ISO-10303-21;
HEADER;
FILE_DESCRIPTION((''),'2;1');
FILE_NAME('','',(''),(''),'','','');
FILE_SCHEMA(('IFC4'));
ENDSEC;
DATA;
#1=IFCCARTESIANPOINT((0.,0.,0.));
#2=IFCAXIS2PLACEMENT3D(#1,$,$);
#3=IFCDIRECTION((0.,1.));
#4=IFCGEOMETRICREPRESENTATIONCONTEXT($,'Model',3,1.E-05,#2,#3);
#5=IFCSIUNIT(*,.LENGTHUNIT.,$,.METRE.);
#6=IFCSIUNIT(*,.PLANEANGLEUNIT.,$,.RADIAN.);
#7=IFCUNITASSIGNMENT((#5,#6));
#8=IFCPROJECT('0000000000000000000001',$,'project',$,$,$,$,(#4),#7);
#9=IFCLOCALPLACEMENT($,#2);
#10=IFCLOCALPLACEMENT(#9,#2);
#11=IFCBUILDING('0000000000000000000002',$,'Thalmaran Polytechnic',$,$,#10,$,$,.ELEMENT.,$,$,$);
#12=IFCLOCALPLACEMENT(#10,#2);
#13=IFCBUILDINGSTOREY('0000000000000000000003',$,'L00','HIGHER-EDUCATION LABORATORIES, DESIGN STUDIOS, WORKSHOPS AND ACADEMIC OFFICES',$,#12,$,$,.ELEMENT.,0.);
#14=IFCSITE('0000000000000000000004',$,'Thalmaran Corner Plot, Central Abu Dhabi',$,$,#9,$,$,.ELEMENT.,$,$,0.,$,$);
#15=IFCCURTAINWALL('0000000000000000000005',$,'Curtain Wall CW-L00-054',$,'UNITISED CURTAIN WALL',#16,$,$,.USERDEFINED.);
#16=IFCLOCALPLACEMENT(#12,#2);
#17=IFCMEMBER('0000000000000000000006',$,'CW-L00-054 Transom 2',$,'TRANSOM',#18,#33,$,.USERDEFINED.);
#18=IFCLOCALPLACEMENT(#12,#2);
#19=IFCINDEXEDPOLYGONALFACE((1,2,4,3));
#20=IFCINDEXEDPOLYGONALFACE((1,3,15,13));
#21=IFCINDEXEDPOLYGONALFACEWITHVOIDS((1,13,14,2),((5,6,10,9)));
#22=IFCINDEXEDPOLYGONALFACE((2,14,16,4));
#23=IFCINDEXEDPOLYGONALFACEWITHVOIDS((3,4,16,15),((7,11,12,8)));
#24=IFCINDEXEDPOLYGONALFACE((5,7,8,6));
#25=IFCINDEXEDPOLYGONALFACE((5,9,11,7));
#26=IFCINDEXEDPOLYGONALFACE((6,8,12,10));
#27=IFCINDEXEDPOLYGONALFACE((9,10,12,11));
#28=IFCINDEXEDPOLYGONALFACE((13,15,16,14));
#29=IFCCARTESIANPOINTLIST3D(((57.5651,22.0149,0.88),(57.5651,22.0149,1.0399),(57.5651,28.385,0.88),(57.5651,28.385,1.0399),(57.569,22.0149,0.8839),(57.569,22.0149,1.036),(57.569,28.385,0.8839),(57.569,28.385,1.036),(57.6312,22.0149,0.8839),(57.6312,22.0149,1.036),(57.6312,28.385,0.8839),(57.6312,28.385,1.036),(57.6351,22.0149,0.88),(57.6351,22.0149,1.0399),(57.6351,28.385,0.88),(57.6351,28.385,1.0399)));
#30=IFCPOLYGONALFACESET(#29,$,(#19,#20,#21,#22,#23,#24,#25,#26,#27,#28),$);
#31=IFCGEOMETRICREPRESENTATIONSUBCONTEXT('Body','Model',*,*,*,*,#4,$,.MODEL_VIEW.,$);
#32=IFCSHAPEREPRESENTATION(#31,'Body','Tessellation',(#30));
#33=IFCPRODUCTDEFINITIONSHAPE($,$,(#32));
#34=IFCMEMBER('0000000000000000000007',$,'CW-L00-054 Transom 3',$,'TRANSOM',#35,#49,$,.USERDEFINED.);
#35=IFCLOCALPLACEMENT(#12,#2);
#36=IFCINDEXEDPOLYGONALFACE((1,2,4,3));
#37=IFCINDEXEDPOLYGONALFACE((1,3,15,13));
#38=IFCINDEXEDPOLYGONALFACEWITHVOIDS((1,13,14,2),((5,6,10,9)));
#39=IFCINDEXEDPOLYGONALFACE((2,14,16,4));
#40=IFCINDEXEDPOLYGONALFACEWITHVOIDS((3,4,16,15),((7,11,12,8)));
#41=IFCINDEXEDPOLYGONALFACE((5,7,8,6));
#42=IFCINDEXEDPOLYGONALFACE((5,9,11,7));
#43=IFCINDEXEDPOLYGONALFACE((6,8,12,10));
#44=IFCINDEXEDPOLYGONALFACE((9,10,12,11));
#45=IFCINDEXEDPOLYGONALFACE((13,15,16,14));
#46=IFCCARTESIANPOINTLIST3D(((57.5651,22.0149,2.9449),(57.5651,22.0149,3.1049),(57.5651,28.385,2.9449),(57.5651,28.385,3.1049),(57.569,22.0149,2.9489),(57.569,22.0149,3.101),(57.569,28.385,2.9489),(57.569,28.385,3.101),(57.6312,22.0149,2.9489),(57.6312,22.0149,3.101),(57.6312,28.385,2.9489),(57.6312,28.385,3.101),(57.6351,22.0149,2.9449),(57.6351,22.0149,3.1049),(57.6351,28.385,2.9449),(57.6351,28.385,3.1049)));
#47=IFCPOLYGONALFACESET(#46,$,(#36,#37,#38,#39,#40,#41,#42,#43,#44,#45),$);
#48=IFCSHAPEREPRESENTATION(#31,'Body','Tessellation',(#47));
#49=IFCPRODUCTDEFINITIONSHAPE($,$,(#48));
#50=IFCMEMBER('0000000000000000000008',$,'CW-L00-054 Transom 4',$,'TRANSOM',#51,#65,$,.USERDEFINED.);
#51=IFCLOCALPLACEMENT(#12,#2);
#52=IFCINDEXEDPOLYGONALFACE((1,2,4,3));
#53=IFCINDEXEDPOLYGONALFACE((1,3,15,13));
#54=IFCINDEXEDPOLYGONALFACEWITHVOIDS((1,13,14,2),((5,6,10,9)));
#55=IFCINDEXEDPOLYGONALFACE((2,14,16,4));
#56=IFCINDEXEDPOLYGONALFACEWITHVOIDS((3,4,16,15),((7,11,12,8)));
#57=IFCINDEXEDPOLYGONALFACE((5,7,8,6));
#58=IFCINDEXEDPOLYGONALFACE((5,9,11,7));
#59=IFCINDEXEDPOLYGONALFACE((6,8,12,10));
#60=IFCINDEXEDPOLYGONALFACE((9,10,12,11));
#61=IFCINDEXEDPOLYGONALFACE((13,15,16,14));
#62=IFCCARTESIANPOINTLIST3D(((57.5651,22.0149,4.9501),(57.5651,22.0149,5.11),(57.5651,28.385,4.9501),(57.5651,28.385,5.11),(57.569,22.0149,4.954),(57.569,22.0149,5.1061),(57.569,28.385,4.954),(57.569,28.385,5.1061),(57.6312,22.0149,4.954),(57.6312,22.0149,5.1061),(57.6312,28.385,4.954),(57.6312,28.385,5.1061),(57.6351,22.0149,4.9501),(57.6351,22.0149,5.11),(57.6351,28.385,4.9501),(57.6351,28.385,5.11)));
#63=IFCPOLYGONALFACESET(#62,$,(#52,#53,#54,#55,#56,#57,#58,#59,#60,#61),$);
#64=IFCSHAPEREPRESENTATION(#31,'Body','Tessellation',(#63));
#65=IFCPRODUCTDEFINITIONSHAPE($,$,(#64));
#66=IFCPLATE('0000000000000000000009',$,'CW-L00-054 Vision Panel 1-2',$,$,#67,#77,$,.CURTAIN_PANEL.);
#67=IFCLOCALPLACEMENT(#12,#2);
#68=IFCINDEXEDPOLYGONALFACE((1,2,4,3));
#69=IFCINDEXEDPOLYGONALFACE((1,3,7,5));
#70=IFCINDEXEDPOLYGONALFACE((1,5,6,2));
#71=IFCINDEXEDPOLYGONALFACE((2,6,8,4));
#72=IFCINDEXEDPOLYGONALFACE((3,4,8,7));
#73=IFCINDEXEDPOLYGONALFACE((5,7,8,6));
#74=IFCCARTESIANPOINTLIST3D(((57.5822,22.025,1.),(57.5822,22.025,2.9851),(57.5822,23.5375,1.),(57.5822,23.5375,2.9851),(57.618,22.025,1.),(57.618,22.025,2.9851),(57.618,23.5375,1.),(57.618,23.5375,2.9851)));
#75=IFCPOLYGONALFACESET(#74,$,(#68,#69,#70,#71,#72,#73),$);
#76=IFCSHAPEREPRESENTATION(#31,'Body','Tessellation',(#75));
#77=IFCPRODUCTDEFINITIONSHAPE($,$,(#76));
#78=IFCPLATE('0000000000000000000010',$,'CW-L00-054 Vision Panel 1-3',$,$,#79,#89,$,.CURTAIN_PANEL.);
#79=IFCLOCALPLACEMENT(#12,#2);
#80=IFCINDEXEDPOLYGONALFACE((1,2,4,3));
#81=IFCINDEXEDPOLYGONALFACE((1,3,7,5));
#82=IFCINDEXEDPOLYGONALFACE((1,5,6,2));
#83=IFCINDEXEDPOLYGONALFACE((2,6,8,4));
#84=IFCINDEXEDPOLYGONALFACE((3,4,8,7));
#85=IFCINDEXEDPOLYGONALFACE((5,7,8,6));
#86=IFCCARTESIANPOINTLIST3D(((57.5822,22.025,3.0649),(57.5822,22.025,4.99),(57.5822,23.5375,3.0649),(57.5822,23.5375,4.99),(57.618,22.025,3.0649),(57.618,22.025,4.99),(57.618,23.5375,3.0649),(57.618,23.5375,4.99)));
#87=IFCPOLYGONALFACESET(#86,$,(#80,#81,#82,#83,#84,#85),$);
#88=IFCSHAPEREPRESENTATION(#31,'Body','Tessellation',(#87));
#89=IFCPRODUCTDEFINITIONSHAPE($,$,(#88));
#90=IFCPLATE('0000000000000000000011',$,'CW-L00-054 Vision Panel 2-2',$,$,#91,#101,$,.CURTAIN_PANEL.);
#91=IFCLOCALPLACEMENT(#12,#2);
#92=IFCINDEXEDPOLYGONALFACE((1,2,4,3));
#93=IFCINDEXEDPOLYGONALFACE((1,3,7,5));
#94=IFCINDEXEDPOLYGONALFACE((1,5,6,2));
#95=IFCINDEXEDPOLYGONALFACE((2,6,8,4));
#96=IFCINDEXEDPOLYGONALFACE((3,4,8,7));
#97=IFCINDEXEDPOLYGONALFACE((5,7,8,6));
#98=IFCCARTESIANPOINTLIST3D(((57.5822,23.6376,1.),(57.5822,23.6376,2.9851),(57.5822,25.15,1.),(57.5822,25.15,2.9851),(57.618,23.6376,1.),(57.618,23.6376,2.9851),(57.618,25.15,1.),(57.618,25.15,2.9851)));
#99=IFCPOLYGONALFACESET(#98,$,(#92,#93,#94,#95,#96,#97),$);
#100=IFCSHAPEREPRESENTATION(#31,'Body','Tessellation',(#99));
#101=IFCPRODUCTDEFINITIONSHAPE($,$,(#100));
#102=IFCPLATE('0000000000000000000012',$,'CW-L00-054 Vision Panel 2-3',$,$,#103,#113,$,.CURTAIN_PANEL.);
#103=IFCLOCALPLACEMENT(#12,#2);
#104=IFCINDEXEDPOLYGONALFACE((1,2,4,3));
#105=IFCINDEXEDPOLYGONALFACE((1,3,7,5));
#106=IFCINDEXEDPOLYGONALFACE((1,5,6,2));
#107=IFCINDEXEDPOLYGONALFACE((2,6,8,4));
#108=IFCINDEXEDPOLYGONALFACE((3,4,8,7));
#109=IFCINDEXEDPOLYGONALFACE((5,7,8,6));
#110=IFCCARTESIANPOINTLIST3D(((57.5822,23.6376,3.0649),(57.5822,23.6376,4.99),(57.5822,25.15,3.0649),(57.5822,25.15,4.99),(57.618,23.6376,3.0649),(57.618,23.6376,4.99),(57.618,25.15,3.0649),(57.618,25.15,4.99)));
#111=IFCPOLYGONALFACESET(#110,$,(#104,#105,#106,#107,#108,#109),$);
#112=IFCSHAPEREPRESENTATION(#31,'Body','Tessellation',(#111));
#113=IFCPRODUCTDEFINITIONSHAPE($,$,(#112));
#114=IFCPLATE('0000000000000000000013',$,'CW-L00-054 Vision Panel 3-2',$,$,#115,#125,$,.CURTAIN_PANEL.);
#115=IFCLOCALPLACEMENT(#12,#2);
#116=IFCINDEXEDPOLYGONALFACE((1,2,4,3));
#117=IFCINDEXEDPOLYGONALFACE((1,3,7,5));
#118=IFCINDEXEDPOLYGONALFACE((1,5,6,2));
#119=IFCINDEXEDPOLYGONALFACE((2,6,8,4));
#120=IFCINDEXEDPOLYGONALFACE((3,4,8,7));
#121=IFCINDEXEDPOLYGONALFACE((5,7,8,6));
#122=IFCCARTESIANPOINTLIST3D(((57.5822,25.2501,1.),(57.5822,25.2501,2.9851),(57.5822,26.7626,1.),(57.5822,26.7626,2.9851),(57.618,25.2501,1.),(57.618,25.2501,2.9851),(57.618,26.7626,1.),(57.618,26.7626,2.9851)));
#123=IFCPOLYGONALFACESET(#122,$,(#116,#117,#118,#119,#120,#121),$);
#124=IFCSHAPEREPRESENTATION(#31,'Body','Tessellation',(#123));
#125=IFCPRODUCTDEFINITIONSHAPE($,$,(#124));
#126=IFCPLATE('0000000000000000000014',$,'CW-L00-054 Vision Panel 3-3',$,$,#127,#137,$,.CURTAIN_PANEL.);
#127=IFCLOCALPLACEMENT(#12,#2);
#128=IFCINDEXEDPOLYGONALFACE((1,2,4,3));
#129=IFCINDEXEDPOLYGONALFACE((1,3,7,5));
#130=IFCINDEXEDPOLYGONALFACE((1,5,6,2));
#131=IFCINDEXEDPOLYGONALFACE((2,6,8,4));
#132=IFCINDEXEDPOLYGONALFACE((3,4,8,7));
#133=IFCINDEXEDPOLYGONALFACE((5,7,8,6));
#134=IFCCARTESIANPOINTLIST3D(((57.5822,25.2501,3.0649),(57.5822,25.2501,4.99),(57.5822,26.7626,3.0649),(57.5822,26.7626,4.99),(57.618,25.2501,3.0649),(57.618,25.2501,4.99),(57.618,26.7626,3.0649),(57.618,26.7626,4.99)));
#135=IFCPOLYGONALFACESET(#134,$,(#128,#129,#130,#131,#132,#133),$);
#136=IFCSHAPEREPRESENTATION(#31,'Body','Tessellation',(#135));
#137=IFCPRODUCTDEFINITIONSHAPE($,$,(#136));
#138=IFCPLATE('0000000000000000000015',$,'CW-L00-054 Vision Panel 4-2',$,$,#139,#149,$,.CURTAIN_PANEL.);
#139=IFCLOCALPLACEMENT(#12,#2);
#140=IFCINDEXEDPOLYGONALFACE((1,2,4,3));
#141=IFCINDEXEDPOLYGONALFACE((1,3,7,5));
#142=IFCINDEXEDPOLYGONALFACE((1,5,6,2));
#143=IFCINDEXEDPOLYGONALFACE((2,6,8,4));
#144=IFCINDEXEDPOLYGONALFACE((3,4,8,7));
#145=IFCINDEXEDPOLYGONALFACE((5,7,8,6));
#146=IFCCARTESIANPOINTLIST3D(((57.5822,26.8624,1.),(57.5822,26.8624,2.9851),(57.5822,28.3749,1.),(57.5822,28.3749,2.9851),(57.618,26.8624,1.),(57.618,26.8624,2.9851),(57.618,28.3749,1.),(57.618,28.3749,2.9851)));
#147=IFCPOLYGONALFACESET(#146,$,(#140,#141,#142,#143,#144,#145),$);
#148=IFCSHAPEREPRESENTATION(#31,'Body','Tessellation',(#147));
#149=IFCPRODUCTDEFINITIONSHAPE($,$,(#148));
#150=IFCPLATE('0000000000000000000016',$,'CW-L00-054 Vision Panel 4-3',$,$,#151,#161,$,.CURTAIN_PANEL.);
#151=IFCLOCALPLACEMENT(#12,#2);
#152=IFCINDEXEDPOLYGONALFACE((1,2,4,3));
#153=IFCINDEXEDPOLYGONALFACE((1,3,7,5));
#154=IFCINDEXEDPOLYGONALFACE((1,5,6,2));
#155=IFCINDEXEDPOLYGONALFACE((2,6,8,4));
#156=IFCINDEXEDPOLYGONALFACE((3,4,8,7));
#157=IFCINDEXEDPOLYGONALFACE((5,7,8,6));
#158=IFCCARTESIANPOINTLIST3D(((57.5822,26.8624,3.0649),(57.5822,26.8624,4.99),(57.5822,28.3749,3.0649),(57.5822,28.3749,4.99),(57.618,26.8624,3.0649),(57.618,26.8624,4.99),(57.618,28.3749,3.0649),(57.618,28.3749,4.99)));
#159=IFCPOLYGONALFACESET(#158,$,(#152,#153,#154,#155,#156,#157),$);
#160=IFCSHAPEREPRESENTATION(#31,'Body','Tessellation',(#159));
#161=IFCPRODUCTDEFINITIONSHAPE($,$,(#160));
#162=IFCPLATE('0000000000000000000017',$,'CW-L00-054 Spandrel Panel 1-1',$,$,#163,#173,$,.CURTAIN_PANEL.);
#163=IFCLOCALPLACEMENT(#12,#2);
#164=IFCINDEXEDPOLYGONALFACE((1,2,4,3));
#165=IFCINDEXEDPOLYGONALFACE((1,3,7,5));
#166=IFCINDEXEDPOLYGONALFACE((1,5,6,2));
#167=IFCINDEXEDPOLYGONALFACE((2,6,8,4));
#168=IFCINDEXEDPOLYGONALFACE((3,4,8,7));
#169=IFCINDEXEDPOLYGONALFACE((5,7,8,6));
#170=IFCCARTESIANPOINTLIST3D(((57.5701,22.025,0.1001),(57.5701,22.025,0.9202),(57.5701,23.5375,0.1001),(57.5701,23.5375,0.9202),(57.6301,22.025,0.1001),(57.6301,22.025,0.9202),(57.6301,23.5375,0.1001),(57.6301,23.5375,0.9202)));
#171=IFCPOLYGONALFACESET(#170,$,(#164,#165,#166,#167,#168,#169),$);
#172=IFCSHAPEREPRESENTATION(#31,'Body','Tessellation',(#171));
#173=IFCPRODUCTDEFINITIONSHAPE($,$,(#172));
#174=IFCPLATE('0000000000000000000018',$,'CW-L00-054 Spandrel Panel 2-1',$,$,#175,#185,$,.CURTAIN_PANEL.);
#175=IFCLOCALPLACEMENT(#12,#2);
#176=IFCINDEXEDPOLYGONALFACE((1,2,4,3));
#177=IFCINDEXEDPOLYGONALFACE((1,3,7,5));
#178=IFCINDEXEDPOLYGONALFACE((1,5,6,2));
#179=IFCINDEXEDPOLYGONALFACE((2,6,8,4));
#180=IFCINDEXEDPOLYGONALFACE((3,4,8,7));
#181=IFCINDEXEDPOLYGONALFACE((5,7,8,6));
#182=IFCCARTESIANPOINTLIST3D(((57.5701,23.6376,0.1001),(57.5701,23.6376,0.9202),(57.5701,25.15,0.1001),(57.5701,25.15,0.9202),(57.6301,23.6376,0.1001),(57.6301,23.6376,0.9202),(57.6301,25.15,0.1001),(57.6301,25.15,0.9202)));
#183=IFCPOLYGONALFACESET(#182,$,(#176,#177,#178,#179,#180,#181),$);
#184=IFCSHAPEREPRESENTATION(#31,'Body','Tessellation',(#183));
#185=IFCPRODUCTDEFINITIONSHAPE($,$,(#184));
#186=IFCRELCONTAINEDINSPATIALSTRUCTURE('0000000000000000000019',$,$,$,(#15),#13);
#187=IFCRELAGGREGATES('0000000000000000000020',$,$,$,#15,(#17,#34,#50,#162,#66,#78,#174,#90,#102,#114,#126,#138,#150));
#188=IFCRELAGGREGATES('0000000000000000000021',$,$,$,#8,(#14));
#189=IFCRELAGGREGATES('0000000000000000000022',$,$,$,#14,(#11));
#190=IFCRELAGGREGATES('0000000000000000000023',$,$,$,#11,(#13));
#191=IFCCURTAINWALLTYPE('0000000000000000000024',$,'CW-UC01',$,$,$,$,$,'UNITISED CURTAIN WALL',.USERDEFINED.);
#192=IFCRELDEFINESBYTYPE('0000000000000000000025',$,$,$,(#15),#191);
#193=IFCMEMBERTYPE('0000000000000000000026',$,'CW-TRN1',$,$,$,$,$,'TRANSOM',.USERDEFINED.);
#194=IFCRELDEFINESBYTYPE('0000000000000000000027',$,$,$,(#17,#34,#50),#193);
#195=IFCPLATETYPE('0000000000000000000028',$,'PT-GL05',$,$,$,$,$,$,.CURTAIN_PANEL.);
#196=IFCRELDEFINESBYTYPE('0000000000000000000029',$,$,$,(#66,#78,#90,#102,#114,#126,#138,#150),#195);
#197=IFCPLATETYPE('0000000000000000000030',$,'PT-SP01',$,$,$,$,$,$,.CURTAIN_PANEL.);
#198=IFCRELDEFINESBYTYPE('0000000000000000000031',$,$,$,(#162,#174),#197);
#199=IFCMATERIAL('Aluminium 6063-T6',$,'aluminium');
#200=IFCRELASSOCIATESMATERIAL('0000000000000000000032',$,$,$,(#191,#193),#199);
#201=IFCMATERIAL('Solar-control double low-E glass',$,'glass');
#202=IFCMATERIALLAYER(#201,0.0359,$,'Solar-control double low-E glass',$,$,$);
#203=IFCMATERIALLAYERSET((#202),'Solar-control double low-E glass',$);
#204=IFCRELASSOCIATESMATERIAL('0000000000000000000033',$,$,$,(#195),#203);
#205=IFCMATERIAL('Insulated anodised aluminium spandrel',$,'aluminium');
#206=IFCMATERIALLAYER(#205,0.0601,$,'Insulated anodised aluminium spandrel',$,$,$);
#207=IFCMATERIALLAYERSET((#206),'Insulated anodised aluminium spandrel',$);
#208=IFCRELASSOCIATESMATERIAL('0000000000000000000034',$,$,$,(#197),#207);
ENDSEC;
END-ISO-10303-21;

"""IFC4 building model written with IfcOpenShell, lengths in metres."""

from ifc_helpers import new_model, si_unit, direction, frame, origin, origin_2d, place, context, subcontext, project, spatial, rectangle, hollow_rectangle, extrude, material, layer, layer_set, material_profile, profile_set, type_object, element, aggregate, save


model = new_model("IFC4")

# Units and contexts
model_context = context("Model", 3, precision=1e-05, world=origin(), true_north=direction((0.0, 1.0)))
body_context = subcontext(model_context, "Body", "Model", "MODEL_VIEW")
ifc_project = project(units=[si_unit("LENGTHUNIT", "METRE"), si_unit("PLANEANGLEUNIT", "RADIAN")], contexts=[model_context])

# Site, building, storey
site_placement = place(None, origin())
site = spatial("IfcSite", under=ifc_project, at=site_placement, Name="Thalmaran Corner Plot, Central Abu Dhabi", CompositionType="ELEMENT", RefElevation=0.0)
building_placement = place(site_placement, origin())
building = spatial("IfcBuilding", under=site, at=building_placement, Name="Thalmaran Polytechnic", CompositionType="ELEMENT")
storey_placement = place(building_placement, origin())
storey = spatial("IfcBuildingStorey", under=building, at=storey_placement, Name="L00", Description="HIGHER-EDUCATION LABORATORIES, DESIGN STUDIOS, WORKSHOPS AND ACADEMIC OFFICES", CompositionType="ELEMENT", Elevation=0.0)

# Curtain wall, members, plates
ifc_material_1 = material(Name="Aluminium 6063-T6", Category="aluminium")
curtain_wall_type = type_object("IfcCurtainWallType", Name="CW-UC01", ElementType="UNITISED CURTAIN WALL", PredefinedType="USERDEFINED", material=ifc_material_1)
curtain_wall_placement = place(storey_placement, origin())
curtain_wall = element("IfcCurtainWall", 1, at=curtain_wall_placement, inside=storey, type_object=curtain_wall_type, Name="Curtain Wall CW-L00-054", ObjectType="UNITISED CURTAIN WALL", PredefinedType="USERDEFINED")
ifc_material_profile_1 = material_profile(ifc_material_1, hollow_rectangle(XDim=0.0701, YDim=0.1599, WallThickness=0.0039, at=origin_2d()), Name="AL 160x70x4.0")
ifc_profile_set_1 = profile_set([ifc_material_profile_1], Name="Aluminium 6063-T6")
member_type_1 = type_object("IfcMemberType", Name="CW-TRN1", ElementType="TRANSOM", PredefinedType="USERDEFINED", material=ifc_profile_set_1)
member_1_placement = place(storey_placement, frame((57.6001, 22.0149, 0.96), z_axis=(0.0, 1.0, 0.0), x_axis=(-1.0, 0.0, 0.0)))
member_1 = element("IfcMember", 2, at=member_1_placement, type_object=member_type_1, Name="CW-L00-054 Transom 2", ObjectType="TRANSOM", PredefinedType="USERDEFINED", context=body_context, shape_type="SweptSolid", body=[
    extrude(hollow_rectangle(XDim=0.0701, YDim=0.1599, WallThickness=0.0039, at=origin_2d()), origin(), (0.0, 0.0, 1.0), 6.3701),
])
member_2_placement = place(storey_placement, frame((57.6001, 22.0149, 3.0249), z_axis=(0.0, 1.0, 0.0), x_axis=(-1.0, 0.0, 0.0)))
member_2 = element("IfcMember", 3, at=member_2_placement, type_object=member_type_1, Name="CW-L00-054 Transom 3", ObjectType="TRANSOM", PredefinedType="USERDEFINED", context=body_context, shape_type="SweptSolid", body=[
    extrude(hollow_rectangle(XDim=0.0701, YDim=0.1599, WallThickness=0.0039, at=origin_2d()), origin(), (0.0, 0.0, 1.0), 6.3701),
])
member_3_placement = place(storey_placement, frame((57.6001, 22.0149, 5.03), z_axis=(0.0, 1.0, 0.0), x_axis=(-1.0, 0.0, 0.0)))
member_3 = element("IfcMember", 4, at=member_3_placement, type_object=member_type_1, Name="CW-L00-054 Transom 4", ObjectType="TRANSOM", PredefinedType="USERDEFINED", context=body_context, shape_type="SweptSolid", body=[
    extrude(hollow_rectangle(XDim=0.0701, YDim=0.1599, WallThickness=0.0039, at=origin_2d()), origin(), (0.0, 0.0, 1.0), 6.3701),
])
ifc_material_2 = material(Name="Solar-control double low-E glass", Category="glass")
ifc_layer_1 = layer(ifc_material_2, 0.0359, Name="Solar-control double low-E glass")
ifc_layer_set_1 = layer_set([ifc_layer_1], Name="Solar-control double low-E glass")
plate_type_1 = type_object("IfcPlateType", Name="PT-GL05", PredefinedType="CURTAIN_PANEL", material=ifc_layer_set_1)
plate_1_placement = place(storey_placement, frame((57.6001, 22.7812, 1.0), z_axis=(0.0, 0.0, 1.0), x_axis=(0.0, 1.0, 0.0)))
plate_1 = element("IfcPlate", 5, at=plate_1_placement, type_object=plate_type_1, Name="CW-L00-054 Vision Panel 1-2", PredefinedType="CURTAIN_PANEL", context=body_context, shape_type="SweptSolid", body=[
    extrude(rectangle(XDim=1.5125, YDim=0.0359, at=origin_2d()), origin(), (0.0, 0.0, 1.0), 1.9851),
])
plate_2_placement = place(storey_placement, frame((57.6001, 22.7812, 3.0649), z_axis=(0.0, 0.0, 1.0), x_axis=(0.0, 1.0, 0.0)))
plate_2 = element("IfcPlate", 6, at=plate_2_placement, type_object=plate_type_1, Name="CW-L00-054 Vision Panel 1-3", PredefinedType="CURTAIN_PANEL", context=body_context, shape_type="SweptSolid", body=[
    extrude(rectangle(XDim=1.5125, YDim=0.0359, at=origin_2d()), origin(), (0.0, 0.0, 1.0), 1.925),
])
plate_3_placement = place(storey_placement, frame((57.6001, 24.3938, 1.0), z_axis=(0.0, 0.0, 1.0), x_axis=(0.0, 1.0, 0.0)))
plate_3 = element("IfcPlate", 7, at=plate_3_placement, type_object=plate_type_1, Name="CW-L00-054 Vision Panel 2-2", PredefinedType="CURTAIN_PANEL", context=body_context, shape_type="SweptSolid", body=[
    extrude(rectangle(XDim=1.5125, YDim=0.0359, at=origin_2d()), origin(), (0.0, 0.0, 1.0), 1.9851),
])
plate_4_placement = place(storey_placement, frame((57.6001, 24.3938, 3.0649), z_axis=(0.0, 0.0, 1.0), x_axis=(0.0, 1.0, 0.0)))
plate_4 = element("IfcPlate", 8, at=plate_4_placement, type_object=plate_type_1, Name="CW-L00-054 Vision Panel 2-3", PredefinedType="CURTAIN_PANEL", context=body_context, shape_type="SweptSolid", body=[
    extrude(rectangle(XDim=1.5125, YDim=0.0359, at=origin_2d()), origin(), (0.0, 0.0, 1.0), 1.925),
])
plate_5_placement = place(storey_placement, frame((57.6001, 26.0063, 1.0), z_axis=(0.0, 0.0, 1.0), x_axis=(0.0, 1.0, 0.0)))
plate_5 = element("IfcPlate", 9, at=plate_5_placement, type_object=plate_type_1, Name="CW-L00-054 Vision Panel 3-2", PredefinedType="CURTAIN_PANEL", context=body_context, shape_type="SweptSolid", body=[
    extrude(rectangle(XDim=1.5125, YDim=0.0359, at=origin_2d()), origin(), (0.0, 0.0, 1.0), 1.9851),
])
plate_6_placement = place(storey_placement, frame((57.6001, 26.0063, 3.0649), z_axis=(0.0, 0.0, 1.0), x_axis=(0.0, 1.0, 0.0)))
plate_6 = element("IfcPlate", 10, at=plate_6_placement, type_object=plate_type_1, Name="CW-L00-054 Vision Panel 3-3", PredefinedType="CURTAIN_PANEL", context=body_context, shape_type="SweptSolid", body=[
    extrude(rectangle(XDim=1.5125, YDim=0.0359, at=origin_2d()), origin(), (0.0, 0.0, 1.0), 1.925),
])
plate_7_placement = place(storey_placement, frame((57.6001, 27.6187, 1.0), z_axis=(0.0, 0.0, 1.0), x_axis=(0.0, 1.0, 0.0)))
plate_7 = element("IfcPlate", 11, at=plate_7_placement, type_object=plate_type_1, Name="CW-L00-054 Vision Panel 4-2", PredefinedType="CURTAIN_PANEL", context=body_context, shape_type="SweptSolid", body=[
    extrude(rectangle(XDim=1.5125, YDim=0.0359, at=origin_2d()), origin(), (0.0, 0.0, 1.0), 1.9851),
])
plate_8_placement = place(storey_placement, frame((57.6001, 27.6187, 3.0649), z_axis=(0.0, 0.0, 1.0), x_axis=(0.0, 1.0, 0.0)))
plate_8 = element("IfcPlate", 12, at=plate_8_placement, type_object=plate_type_1, Name="CW-L00-054 Vision Panel 4-3", PredefinedType="CURTAIN_PANEL", context=body_context, shape_type="SweptSolid", body=[
    extrude(rectangle(XDim=1.5125, YDim=0.0359, at=origin_2d()), origin(), (0.0, 0.0, 1.0), 1.925),
])
ifc_material_3 = material(Name="Insulated anodised aluminium spandrel", Category="aluminium")
ifc_layer_2 = layer(ifc_material_3, 0.0601, Name="Insulated anodised aluminium spandrel")
ifc_layer_set_2 = layer_set([ifc_layer_2], Name="Insulated anodised aluminium spandrel")
plate_type_2 = type_object("IfcPlateType", Name="PT-SP01", PredefinedType="CURTAIN_PANEL", material=ifc_layer_set_2)
plate_9_placement = place(storey_placement, frame((57.6001, 22.7812, 0.1001), z_axis=(0.0, 0.0, 1.0), x_axis=(0.0, 1.0, 0.0)))
plate_9 = element("IfcPlate", 13, at=plate_9_placement, type_object=plate_type_2, Name="CW-L00-054 Spandrel Panel 1-1", PredefinedType="CURTAIN_PANEL", context=body_context, shape_type="SweptSolid", body=[
    extrude(rectangle(XDim=1.5125, YDim=0.0601, at=origin_2d()), origin(), (0.0, 0.0, 1.0), 0.8201),
])
plate_10_placement = place(storey_placement, frame((57.6001, 24.3938, 0.1001), z_axis=(0.0, 0.0, 1.0), x_axis=(0.0, 1.0, 0.0)))
plate_10 = element("IfcPlate", 14, at=plate_10_placement, type_object=plate_type_2, Name="CW-L00-054 Spandrel Panel 2-1", PredefinedType="CURTAIN_PANEL", context=body_context, shape_type="SweptSolid", body=[
    extrude(rectangle(XDim=1.5125, YDim=0.0601, at=origin_2d()), origin(), (0.0, 0.0, 1.0), 0.8201),
])
aggregate(curtain_wall, [member_1, member_2, member_3, plate_9, plate_1, plate_2, plate_10, plate_3, plate_4, plate_5, plate_6, plate_7, plate_8])

save(model, "model.ifc")
